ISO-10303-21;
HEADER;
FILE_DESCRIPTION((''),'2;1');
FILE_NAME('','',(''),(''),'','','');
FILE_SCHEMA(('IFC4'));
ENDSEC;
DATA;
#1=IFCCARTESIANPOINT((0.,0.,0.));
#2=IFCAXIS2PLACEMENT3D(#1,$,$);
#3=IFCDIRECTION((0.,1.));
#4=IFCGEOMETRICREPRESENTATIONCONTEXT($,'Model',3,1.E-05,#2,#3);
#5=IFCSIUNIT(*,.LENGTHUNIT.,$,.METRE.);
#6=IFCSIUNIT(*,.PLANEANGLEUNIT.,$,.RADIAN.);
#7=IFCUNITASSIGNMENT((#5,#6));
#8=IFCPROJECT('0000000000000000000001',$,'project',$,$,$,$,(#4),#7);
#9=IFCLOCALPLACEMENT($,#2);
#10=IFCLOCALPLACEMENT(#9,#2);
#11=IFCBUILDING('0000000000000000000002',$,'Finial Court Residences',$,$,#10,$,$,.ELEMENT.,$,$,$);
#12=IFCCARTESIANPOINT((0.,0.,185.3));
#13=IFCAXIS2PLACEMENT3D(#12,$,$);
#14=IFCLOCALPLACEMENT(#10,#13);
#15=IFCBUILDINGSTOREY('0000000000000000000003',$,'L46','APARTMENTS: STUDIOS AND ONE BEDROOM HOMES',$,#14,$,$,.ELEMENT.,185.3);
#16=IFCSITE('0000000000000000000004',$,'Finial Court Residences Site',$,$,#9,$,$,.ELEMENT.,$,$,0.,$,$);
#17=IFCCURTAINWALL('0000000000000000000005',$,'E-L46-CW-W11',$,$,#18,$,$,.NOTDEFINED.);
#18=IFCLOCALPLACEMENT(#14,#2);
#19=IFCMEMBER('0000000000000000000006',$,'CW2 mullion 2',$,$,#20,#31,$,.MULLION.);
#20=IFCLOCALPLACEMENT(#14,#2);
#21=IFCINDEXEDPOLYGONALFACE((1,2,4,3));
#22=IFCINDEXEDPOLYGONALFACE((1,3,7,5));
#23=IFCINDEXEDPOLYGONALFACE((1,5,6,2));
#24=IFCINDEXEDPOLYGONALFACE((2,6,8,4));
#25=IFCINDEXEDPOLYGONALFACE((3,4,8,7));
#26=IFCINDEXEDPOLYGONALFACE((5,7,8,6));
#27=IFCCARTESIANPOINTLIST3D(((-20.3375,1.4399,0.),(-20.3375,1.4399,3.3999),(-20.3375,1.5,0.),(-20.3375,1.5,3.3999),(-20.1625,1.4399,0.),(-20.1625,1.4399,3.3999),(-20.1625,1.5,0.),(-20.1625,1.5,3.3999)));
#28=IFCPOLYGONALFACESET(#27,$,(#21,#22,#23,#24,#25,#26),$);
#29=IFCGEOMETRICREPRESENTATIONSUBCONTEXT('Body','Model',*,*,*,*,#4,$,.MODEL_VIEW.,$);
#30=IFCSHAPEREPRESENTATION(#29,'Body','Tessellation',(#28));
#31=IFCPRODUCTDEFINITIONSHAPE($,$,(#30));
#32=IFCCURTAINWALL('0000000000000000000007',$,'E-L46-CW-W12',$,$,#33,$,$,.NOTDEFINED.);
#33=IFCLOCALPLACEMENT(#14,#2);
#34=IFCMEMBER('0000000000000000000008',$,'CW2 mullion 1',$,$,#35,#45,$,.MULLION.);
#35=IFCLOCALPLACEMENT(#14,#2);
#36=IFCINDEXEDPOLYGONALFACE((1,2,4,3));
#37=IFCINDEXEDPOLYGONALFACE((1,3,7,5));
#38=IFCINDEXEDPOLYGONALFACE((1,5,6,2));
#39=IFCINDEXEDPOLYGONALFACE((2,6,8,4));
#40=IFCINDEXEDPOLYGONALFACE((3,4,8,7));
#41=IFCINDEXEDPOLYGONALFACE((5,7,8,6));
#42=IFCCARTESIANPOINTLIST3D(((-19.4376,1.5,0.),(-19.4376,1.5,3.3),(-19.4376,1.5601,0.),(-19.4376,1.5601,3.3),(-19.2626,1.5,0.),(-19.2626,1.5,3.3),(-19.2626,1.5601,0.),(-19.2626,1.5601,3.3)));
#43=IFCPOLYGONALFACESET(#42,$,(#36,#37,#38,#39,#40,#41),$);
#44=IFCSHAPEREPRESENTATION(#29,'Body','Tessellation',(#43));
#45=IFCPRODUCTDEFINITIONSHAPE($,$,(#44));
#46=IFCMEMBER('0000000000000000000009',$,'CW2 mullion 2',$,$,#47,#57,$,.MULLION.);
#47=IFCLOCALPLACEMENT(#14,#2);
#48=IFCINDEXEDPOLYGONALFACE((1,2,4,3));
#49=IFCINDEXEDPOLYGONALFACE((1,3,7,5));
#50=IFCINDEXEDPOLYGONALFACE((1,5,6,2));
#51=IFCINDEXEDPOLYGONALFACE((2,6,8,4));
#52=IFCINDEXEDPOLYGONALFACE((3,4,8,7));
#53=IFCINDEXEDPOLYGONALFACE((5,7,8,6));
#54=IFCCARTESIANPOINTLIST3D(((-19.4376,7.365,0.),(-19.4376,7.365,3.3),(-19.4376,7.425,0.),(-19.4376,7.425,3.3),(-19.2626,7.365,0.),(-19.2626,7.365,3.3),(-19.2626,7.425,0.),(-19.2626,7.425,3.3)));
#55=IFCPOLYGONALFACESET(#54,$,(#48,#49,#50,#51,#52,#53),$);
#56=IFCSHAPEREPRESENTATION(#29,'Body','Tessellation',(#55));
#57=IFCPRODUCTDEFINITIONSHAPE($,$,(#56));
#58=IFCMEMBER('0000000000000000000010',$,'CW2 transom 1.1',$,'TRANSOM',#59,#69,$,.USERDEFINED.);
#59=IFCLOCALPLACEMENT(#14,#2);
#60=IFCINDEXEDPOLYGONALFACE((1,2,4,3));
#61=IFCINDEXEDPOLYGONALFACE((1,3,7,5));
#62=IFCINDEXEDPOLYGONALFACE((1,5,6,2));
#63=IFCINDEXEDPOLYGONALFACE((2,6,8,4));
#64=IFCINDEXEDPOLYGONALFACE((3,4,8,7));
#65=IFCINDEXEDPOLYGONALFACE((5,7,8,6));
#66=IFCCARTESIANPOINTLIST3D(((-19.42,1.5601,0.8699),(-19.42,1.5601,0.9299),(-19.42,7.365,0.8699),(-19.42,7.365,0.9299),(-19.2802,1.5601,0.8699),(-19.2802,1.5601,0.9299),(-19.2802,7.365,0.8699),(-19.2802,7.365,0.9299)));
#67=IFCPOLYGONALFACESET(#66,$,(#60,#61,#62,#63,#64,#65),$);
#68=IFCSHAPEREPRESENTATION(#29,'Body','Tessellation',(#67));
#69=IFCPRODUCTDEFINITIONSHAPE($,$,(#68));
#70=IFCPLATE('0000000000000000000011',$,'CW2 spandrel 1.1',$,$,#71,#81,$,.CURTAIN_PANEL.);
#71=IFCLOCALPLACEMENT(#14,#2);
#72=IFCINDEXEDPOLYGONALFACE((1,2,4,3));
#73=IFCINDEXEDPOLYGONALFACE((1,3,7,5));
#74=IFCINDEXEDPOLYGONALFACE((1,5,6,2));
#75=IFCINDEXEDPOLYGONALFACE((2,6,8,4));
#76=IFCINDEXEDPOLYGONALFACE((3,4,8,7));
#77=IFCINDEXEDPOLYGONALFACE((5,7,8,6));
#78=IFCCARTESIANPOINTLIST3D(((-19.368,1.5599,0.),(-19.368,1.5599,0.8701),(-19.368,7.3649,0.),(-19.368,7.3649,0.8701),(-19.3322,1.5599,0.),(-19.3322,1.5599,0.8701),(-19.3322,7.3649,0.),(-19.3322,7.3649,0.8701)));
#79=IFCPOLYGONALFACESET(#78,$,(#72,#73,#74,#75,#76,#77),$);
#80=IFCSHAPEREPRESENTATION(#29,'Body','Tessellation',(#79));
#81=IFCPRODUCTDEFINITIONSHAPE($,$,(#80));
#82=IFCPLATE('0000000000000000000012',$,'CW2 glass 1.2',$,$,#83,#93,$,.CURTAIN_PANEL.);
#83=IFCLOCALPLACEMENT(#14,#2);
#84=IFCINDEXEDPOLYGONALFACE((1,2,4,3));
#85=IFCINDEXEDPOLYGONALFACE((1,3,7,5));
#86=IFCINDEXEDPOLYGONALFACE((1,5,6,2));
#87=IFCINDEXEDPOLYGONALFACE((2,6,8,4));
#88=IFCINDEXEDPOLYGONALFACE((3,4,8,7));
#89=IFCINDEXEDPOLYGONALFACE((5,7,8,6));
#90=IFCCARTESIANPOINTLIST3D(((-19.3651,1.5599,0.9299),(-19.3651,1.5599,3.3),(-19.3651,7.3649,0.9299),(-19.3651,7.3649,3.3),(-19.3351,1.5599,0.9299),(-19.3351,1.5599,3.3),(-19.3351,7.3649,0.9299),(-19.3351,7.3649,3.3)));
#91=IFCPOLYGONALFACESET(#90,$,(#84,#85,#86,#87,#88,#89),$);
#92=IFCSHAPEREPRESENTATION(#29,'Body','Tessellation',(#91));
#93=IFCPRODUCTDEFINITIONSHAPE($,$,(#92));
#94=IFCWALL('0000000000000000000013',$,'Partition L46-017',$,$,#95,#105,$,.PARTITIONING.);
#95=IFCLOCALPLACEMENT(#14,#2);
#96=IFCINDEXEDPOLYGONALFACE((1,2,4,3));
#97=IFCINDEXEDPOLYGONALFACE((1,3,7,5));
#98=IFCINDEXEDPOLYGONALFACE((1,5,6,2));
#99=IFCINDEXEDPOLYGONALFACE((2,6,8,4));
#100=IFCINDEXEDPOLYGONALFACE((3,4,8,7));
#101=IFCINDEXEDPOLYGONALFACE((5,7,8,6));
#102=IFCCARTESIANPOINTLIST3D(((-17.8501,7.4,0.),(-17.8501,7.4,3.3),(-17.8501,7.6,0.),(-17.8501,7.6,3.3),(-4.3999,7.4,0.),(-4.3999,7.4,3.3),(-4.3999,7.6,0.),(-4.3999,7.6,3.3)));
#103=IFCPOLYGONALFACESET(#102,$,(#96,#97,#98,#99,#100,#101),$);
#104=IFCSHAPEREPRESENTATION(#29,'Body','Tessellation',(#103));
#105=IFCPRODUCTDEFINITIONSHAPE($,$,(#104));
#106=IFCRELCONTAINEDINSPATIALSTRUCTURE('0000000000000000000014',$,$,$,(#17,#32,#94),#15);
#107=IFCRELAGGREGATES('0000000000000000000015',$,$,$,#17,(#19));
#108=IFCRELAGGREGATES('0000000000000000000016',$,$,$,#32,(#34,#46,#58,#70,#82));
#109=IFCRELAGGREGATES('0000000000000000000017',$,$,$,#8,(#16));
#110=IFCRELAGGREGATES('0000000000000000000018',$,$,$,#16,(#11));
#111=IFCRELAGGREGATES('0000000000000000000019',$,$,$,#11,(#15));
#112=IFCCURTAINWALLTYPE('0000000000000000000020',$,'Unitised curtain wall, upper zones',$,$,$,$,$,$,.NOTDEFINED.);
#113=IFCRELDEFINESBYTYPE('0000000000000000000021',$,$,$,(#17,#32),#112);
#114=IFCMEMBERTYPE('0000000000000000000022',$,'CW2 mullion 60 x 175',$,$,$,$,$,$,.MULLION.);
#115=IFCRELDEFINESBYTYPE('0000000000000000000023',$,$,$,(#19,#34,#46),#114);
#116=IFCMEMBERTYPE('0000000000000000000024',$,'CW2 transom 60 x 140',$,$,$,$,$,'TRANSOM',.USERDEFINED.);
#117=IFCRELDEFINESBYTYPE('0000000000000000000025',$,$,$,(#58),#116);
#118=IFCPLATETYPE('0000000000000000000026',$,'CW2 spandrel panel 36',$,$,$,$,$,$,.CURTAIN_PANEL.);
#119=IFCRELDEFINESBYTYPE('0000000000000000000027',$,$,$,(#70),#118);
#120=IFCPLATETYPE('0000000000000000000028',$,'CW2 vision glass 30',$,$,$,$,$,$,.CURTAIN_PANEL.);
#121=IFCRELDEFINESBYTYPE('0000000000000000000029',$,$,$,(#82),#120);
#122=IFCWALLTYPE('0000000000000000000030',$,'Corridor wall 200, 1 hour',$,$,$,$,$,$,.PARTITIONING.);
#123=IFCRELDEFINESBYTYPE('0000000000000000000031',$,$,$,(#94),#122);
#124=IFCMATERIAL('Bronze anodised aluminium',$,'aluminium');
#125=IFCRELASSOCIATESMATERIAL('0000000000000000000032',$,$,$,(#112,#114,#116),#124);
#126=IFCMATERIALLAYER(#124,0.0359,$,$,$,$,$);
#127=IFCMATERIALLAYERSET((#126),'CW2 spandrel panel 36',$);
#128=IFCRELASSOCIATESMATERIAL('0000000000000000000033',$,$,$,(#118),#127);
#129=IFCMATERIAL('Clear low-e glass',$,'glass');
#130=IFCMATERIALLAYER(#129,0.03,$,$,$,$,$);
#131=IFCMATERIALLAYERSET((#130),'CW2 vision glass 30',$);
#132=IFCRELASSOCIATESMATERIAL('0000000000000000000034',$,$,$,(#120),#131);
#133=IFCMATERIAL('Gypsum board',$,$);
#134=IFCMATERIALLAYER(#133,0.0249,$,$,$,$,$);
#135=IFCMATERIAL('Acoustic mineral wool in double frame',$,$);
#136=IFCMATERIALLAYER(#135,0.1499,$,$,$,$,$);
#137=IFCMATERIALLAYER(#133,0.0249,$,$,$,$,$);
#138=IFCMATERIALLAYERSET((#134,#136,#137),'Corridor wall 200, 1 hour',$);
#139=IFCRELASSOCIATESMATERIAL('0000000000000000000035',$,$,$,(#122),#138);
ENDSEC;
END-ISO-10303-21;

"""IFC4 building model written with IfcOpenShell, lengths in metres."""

from ifc_helpers import new_model, si_unit, direction, frame, frame_2d, origin, origin_2d, place, context, subcontext, project, spatial, rectangle, extrude, material, layer, layer_set, material_profile, profile_set, type_object, element, aggregate, save


model = new_model("IFC4")

# Units and contexts
model_context = context("Model", 3, precision=1e-05, world=origin(), true_north=direction((0.0, 1.0)))
body_context = subcontext(model_context, "Body", "Model", "MODEL_VIEW")
ifc_project = project(units=[si_unit("LENGTHUNIT", "METRE"), si_unit("PLANEANGLEUNIT", "RADIAN")], contexts=[model_context])

# Site, building, storey
site_placement = place(None, origin())
site = spatial("IfcSite", under=ifc_project, at=site_placement, Name="Finial Court Residences Site", CompositionType="ELEMENT", RefElevation=0.0)
building_placement = place(site_placement, origin())
building = spatial("IfcBuilding", under=site, at=building_placement, Name="Finial Court Residences", CompositionType="ELEMENT")
storey_placement = place(building_placement, frame((0.0, 0.0, 185.3)))
storey = spatial("IfcBuildingStorey", under=building, at=storey_placement, Name="L46", Description="APARTMENTS: STUDIOS AND ONE BEDROOM HOMES", CompositionType="ELEMENT", Elevation=185.3)

# Curtain wall, member
ifc_material_1 = material(Name="Bronze anodised aluminium", Category="aluminium")
curtain_wall_type = type_object("IfcCurtainWallType", Name="Unitised curtain wall, upper zones", PredefinedType="NOTDEFINED", material=ifc_material_1)
curtain_wall_1_placement = place(storey_placement, origin())
curtain_wall_1 = element("IfcCurtainWall", 1, at=curtain_wall_1_placement, inside=storey, type_object=curtain_wall_type, Name="E-L46-CW-W11", PredefinedType="NOTDEFINED")
ifc_material_profile_1 = material_profile(ifc_material_1, rectangle(XDim=0.175, YDim=0.0601, at=origin_2d()), Name="CW2 mullion 60 x 175")
ifc_profile_set_1 = profile_set([ifc_material_profile_1], Name="Bronze anodised aluminium")
member_type_1 = type_object("IfcMemberType", Name="CW2 mullion 60 x 175", PredefinedType="MULLION", material=ifc_profile_set_1)
member_1_placement = place(storey_placement, frame((-20.25, 1.47, 0.0), z_axis=(0.0, 0.0, 1.0), x_axis=(-1.0, 0.0, 0.0)))
member_1 = element("IfcMember", 2, at=member_1_placement, type_object=member_type_1, Name="CW2 mullion 2", PredefinedType="MULLION", context=body_context, shape_type="SweptSolid", body=[
    extrude(rectangle(XDim=0.175, YDim=0.0601, at=origin_2d()), origin(), (0.0, 0.0, 1.0), 3.3999),
])
aggregate(curtain_wall_1, [member_1])

# Curtain wall, members, plates
curtain_wall_2_placement = place(storey_placement, origin())
curtain_wall_2 = element("IfcCurtainWall", 3, at=curtain_wall_2_placement, inside=storey, type_object=curtain_wall_type, Name="E-L46-CW-W12", PredefinedType="NOTDEFINED")
member_2_placement = place(storey_placement, frame((-19.3501, 1.53, 0.0), z_axis=(0.0, 0.0, 1.0), x_axis=(-1.0, 0.0, 0.0)))
member_2 = element("IfcMember", 4, at=member_2_placement, type_object=member_type_1, Name="CW2 mullion 1", PredefinedType="MULLION", context=body_context, shape_type="SweptSolid", body=[
    extrude(rectangle(XDim=0.175, YDim=0.0601, at=origin_2d()), origin(), (0.0, 0.0, 1.0), 3.3),
])
member_3_placement = place(storey_placement, frame((-19.3501, 7.395, 0.0), z_axis=(0.0, 0.0, 1.0), x_axis=(-1.0, 0.0, 0.0)))
member_3 = element("IfcMember", 5, at=member_3_placement, type_object=member_type_1, Name="CW2 mullion 2", PredefinedType="MULLION", context=body_context, shape_type="SweptSolid", body=[
    extrude(rectangle(XDim=0.175, YDim=0.0601, at=origin_2d()), origin(), (0.0, 0.0, 1.0), 3.3),
])
ifc_material_profile_2 = material_profile(ifc_material_1, rectangle(XDim=0.1399, YDim=0.0601, at=origin_2d()), Name="CW2 transom 60 x 140")
ifc_profile_set_2 = profile_set([ifc_material_profile_2], Name="Bronze anodised aluminium")
member_type_2 = type_object("IfcMemberType", Name="CW2 transom 60 x 140", ElementType="TRANSOM", PredefinedType="USERDEFINED", material=ifc_profile_set_2)
member_4_placement = place(storey_placement, frame((-19.3501, 1.5601, 0.8999), z_axis=(0.0, 1.0, 0.0), x_axis=(-1.0, 0.0, 0.0)))
member_4 = element("IfcMember", 6, at=member_4_placement, type_object=member_type_2, Name="CW2 transom 1.1", ObjectType="TRANSOM", PredefinedType="USERDEFINED", context=body_context, shape_type="SweptSolid", body=[
    extrude(rectangle(XDim=0.1399, YDim=0.0601, at=origin_2d()), origin(), (0.0, 0.0, 1.0), 5.8049),
])
ifc_layer_1 = layer(ifc_material_1, 0.0359)
ifc_layer_set_1 = layer_set([ifc_layer_1], Name="CW2 spandrel panel 36")
plate_type_1 = type_object("IfcPlateType", Name="CW2 spandrel panel 36", PredefinedType="CURTAIN_PANEL", material=ifc_layer_set_1)
plate_1_placement = place(storey_placement, frame((-19.3501, 4.4624, 0.0), z_axis=(0.0, 0.0, 1.0), x_axis=(0.0, 1.0, 0.0)))
plate_1 = element("IfcPlate", 7, at=plate_1_placement, type_object=plate_type_1, Name="CW2 spandrel 1.1", PredefinedType="CURTAIN_PANEL", context=body_context, shape_type="SweptSolid", body=[
    extrude(rectangle(XDim=5.8049, YDim=0.0359, at=origin_2d()), origin(), (0.0, 0.0, 1.0), 0.8701),
])
ifc_material_2 = material(Name="Clear low-e glass", Category="glass")
ifc_layer_2 = layer(ifc_material_2, 0.03)
ifc_layer_set_2 = layer_set([ifc_layer_2], Name="CW2 vision glass 30")
plate_type_2 = type_object("IfcPlateType", Name="CW2 vision glass 30", PredefinedType="CURTAIN_PANEL", material=ifc_layer_set_2)
plate_2_placement = place(storey_placement, frame((-19.3501, 4.4624, 0.9299), z_axis=(0.0, 0.0, 1.0), x_axis=(0.0, 1.0, 0.0)))
plate_2 = element("IfcPlate", 8, at=plate_2_placement, type_object=plate_type_2, Name="CW2 glass 1.2", PredefinedType="CURTAIN_PANEL", context=body_context, shape_type="SweptSolid", body=[
    extrude(rectangle(XDim=5.8049, YDim=0.03, at=origin_2d()), origin(), (0.0, 0.0, 1.0), 2.3701),
])
aggregate(curtain_wall_2, [member_2, member_3, member_4, plate_1, plate_2])

# Wall
ifc_material_3 = material(Name="Gypsum board")
ifc_layer_3 = layer(ifc_material_3, 0.0249)
ifc_material_4 = material(Name="Acoustic mineral wool in double frame")
ifc_layer_4 = layer(ifc_material_4, 0.1499)
ifc_layer_5 = layer(ifc_material_3, 0.0249)
ifc_layer_set_3 = layer_set([ifc_layer_3, ifc_layer_4, ifc_layer_5], Name="Corridor wall 200, 1 hour")
wall_type_1 = type_object("IfcWallType", Name="Corridor wall 200, 1 hour", PredefinedType="PARTITIONING", material=ifc_layer_set_3)
wall_1_placement = place(storey_placement, frame((-17.8501, 7.5, 0.0), z_axis=(0.0, 0.0, 1.0), x_axis=(1.0, 0.0, 0.0)))
element("IfcWall", 9, at=wall_1_placement, inside=storey, type_object=wall_type_1, Name="Partition L46-017", PredefinedType="PARTITIONING", context=body_context, shape_type="SweptSolid", body=[
    extrude(rectangle(XDim=13.4502, YDim=0.2, at=frame_2d((6.7251, 0.0))), origin(), (0.0, 0.0, 1.0), 3.3),
])

save(model, "model.ifc")
